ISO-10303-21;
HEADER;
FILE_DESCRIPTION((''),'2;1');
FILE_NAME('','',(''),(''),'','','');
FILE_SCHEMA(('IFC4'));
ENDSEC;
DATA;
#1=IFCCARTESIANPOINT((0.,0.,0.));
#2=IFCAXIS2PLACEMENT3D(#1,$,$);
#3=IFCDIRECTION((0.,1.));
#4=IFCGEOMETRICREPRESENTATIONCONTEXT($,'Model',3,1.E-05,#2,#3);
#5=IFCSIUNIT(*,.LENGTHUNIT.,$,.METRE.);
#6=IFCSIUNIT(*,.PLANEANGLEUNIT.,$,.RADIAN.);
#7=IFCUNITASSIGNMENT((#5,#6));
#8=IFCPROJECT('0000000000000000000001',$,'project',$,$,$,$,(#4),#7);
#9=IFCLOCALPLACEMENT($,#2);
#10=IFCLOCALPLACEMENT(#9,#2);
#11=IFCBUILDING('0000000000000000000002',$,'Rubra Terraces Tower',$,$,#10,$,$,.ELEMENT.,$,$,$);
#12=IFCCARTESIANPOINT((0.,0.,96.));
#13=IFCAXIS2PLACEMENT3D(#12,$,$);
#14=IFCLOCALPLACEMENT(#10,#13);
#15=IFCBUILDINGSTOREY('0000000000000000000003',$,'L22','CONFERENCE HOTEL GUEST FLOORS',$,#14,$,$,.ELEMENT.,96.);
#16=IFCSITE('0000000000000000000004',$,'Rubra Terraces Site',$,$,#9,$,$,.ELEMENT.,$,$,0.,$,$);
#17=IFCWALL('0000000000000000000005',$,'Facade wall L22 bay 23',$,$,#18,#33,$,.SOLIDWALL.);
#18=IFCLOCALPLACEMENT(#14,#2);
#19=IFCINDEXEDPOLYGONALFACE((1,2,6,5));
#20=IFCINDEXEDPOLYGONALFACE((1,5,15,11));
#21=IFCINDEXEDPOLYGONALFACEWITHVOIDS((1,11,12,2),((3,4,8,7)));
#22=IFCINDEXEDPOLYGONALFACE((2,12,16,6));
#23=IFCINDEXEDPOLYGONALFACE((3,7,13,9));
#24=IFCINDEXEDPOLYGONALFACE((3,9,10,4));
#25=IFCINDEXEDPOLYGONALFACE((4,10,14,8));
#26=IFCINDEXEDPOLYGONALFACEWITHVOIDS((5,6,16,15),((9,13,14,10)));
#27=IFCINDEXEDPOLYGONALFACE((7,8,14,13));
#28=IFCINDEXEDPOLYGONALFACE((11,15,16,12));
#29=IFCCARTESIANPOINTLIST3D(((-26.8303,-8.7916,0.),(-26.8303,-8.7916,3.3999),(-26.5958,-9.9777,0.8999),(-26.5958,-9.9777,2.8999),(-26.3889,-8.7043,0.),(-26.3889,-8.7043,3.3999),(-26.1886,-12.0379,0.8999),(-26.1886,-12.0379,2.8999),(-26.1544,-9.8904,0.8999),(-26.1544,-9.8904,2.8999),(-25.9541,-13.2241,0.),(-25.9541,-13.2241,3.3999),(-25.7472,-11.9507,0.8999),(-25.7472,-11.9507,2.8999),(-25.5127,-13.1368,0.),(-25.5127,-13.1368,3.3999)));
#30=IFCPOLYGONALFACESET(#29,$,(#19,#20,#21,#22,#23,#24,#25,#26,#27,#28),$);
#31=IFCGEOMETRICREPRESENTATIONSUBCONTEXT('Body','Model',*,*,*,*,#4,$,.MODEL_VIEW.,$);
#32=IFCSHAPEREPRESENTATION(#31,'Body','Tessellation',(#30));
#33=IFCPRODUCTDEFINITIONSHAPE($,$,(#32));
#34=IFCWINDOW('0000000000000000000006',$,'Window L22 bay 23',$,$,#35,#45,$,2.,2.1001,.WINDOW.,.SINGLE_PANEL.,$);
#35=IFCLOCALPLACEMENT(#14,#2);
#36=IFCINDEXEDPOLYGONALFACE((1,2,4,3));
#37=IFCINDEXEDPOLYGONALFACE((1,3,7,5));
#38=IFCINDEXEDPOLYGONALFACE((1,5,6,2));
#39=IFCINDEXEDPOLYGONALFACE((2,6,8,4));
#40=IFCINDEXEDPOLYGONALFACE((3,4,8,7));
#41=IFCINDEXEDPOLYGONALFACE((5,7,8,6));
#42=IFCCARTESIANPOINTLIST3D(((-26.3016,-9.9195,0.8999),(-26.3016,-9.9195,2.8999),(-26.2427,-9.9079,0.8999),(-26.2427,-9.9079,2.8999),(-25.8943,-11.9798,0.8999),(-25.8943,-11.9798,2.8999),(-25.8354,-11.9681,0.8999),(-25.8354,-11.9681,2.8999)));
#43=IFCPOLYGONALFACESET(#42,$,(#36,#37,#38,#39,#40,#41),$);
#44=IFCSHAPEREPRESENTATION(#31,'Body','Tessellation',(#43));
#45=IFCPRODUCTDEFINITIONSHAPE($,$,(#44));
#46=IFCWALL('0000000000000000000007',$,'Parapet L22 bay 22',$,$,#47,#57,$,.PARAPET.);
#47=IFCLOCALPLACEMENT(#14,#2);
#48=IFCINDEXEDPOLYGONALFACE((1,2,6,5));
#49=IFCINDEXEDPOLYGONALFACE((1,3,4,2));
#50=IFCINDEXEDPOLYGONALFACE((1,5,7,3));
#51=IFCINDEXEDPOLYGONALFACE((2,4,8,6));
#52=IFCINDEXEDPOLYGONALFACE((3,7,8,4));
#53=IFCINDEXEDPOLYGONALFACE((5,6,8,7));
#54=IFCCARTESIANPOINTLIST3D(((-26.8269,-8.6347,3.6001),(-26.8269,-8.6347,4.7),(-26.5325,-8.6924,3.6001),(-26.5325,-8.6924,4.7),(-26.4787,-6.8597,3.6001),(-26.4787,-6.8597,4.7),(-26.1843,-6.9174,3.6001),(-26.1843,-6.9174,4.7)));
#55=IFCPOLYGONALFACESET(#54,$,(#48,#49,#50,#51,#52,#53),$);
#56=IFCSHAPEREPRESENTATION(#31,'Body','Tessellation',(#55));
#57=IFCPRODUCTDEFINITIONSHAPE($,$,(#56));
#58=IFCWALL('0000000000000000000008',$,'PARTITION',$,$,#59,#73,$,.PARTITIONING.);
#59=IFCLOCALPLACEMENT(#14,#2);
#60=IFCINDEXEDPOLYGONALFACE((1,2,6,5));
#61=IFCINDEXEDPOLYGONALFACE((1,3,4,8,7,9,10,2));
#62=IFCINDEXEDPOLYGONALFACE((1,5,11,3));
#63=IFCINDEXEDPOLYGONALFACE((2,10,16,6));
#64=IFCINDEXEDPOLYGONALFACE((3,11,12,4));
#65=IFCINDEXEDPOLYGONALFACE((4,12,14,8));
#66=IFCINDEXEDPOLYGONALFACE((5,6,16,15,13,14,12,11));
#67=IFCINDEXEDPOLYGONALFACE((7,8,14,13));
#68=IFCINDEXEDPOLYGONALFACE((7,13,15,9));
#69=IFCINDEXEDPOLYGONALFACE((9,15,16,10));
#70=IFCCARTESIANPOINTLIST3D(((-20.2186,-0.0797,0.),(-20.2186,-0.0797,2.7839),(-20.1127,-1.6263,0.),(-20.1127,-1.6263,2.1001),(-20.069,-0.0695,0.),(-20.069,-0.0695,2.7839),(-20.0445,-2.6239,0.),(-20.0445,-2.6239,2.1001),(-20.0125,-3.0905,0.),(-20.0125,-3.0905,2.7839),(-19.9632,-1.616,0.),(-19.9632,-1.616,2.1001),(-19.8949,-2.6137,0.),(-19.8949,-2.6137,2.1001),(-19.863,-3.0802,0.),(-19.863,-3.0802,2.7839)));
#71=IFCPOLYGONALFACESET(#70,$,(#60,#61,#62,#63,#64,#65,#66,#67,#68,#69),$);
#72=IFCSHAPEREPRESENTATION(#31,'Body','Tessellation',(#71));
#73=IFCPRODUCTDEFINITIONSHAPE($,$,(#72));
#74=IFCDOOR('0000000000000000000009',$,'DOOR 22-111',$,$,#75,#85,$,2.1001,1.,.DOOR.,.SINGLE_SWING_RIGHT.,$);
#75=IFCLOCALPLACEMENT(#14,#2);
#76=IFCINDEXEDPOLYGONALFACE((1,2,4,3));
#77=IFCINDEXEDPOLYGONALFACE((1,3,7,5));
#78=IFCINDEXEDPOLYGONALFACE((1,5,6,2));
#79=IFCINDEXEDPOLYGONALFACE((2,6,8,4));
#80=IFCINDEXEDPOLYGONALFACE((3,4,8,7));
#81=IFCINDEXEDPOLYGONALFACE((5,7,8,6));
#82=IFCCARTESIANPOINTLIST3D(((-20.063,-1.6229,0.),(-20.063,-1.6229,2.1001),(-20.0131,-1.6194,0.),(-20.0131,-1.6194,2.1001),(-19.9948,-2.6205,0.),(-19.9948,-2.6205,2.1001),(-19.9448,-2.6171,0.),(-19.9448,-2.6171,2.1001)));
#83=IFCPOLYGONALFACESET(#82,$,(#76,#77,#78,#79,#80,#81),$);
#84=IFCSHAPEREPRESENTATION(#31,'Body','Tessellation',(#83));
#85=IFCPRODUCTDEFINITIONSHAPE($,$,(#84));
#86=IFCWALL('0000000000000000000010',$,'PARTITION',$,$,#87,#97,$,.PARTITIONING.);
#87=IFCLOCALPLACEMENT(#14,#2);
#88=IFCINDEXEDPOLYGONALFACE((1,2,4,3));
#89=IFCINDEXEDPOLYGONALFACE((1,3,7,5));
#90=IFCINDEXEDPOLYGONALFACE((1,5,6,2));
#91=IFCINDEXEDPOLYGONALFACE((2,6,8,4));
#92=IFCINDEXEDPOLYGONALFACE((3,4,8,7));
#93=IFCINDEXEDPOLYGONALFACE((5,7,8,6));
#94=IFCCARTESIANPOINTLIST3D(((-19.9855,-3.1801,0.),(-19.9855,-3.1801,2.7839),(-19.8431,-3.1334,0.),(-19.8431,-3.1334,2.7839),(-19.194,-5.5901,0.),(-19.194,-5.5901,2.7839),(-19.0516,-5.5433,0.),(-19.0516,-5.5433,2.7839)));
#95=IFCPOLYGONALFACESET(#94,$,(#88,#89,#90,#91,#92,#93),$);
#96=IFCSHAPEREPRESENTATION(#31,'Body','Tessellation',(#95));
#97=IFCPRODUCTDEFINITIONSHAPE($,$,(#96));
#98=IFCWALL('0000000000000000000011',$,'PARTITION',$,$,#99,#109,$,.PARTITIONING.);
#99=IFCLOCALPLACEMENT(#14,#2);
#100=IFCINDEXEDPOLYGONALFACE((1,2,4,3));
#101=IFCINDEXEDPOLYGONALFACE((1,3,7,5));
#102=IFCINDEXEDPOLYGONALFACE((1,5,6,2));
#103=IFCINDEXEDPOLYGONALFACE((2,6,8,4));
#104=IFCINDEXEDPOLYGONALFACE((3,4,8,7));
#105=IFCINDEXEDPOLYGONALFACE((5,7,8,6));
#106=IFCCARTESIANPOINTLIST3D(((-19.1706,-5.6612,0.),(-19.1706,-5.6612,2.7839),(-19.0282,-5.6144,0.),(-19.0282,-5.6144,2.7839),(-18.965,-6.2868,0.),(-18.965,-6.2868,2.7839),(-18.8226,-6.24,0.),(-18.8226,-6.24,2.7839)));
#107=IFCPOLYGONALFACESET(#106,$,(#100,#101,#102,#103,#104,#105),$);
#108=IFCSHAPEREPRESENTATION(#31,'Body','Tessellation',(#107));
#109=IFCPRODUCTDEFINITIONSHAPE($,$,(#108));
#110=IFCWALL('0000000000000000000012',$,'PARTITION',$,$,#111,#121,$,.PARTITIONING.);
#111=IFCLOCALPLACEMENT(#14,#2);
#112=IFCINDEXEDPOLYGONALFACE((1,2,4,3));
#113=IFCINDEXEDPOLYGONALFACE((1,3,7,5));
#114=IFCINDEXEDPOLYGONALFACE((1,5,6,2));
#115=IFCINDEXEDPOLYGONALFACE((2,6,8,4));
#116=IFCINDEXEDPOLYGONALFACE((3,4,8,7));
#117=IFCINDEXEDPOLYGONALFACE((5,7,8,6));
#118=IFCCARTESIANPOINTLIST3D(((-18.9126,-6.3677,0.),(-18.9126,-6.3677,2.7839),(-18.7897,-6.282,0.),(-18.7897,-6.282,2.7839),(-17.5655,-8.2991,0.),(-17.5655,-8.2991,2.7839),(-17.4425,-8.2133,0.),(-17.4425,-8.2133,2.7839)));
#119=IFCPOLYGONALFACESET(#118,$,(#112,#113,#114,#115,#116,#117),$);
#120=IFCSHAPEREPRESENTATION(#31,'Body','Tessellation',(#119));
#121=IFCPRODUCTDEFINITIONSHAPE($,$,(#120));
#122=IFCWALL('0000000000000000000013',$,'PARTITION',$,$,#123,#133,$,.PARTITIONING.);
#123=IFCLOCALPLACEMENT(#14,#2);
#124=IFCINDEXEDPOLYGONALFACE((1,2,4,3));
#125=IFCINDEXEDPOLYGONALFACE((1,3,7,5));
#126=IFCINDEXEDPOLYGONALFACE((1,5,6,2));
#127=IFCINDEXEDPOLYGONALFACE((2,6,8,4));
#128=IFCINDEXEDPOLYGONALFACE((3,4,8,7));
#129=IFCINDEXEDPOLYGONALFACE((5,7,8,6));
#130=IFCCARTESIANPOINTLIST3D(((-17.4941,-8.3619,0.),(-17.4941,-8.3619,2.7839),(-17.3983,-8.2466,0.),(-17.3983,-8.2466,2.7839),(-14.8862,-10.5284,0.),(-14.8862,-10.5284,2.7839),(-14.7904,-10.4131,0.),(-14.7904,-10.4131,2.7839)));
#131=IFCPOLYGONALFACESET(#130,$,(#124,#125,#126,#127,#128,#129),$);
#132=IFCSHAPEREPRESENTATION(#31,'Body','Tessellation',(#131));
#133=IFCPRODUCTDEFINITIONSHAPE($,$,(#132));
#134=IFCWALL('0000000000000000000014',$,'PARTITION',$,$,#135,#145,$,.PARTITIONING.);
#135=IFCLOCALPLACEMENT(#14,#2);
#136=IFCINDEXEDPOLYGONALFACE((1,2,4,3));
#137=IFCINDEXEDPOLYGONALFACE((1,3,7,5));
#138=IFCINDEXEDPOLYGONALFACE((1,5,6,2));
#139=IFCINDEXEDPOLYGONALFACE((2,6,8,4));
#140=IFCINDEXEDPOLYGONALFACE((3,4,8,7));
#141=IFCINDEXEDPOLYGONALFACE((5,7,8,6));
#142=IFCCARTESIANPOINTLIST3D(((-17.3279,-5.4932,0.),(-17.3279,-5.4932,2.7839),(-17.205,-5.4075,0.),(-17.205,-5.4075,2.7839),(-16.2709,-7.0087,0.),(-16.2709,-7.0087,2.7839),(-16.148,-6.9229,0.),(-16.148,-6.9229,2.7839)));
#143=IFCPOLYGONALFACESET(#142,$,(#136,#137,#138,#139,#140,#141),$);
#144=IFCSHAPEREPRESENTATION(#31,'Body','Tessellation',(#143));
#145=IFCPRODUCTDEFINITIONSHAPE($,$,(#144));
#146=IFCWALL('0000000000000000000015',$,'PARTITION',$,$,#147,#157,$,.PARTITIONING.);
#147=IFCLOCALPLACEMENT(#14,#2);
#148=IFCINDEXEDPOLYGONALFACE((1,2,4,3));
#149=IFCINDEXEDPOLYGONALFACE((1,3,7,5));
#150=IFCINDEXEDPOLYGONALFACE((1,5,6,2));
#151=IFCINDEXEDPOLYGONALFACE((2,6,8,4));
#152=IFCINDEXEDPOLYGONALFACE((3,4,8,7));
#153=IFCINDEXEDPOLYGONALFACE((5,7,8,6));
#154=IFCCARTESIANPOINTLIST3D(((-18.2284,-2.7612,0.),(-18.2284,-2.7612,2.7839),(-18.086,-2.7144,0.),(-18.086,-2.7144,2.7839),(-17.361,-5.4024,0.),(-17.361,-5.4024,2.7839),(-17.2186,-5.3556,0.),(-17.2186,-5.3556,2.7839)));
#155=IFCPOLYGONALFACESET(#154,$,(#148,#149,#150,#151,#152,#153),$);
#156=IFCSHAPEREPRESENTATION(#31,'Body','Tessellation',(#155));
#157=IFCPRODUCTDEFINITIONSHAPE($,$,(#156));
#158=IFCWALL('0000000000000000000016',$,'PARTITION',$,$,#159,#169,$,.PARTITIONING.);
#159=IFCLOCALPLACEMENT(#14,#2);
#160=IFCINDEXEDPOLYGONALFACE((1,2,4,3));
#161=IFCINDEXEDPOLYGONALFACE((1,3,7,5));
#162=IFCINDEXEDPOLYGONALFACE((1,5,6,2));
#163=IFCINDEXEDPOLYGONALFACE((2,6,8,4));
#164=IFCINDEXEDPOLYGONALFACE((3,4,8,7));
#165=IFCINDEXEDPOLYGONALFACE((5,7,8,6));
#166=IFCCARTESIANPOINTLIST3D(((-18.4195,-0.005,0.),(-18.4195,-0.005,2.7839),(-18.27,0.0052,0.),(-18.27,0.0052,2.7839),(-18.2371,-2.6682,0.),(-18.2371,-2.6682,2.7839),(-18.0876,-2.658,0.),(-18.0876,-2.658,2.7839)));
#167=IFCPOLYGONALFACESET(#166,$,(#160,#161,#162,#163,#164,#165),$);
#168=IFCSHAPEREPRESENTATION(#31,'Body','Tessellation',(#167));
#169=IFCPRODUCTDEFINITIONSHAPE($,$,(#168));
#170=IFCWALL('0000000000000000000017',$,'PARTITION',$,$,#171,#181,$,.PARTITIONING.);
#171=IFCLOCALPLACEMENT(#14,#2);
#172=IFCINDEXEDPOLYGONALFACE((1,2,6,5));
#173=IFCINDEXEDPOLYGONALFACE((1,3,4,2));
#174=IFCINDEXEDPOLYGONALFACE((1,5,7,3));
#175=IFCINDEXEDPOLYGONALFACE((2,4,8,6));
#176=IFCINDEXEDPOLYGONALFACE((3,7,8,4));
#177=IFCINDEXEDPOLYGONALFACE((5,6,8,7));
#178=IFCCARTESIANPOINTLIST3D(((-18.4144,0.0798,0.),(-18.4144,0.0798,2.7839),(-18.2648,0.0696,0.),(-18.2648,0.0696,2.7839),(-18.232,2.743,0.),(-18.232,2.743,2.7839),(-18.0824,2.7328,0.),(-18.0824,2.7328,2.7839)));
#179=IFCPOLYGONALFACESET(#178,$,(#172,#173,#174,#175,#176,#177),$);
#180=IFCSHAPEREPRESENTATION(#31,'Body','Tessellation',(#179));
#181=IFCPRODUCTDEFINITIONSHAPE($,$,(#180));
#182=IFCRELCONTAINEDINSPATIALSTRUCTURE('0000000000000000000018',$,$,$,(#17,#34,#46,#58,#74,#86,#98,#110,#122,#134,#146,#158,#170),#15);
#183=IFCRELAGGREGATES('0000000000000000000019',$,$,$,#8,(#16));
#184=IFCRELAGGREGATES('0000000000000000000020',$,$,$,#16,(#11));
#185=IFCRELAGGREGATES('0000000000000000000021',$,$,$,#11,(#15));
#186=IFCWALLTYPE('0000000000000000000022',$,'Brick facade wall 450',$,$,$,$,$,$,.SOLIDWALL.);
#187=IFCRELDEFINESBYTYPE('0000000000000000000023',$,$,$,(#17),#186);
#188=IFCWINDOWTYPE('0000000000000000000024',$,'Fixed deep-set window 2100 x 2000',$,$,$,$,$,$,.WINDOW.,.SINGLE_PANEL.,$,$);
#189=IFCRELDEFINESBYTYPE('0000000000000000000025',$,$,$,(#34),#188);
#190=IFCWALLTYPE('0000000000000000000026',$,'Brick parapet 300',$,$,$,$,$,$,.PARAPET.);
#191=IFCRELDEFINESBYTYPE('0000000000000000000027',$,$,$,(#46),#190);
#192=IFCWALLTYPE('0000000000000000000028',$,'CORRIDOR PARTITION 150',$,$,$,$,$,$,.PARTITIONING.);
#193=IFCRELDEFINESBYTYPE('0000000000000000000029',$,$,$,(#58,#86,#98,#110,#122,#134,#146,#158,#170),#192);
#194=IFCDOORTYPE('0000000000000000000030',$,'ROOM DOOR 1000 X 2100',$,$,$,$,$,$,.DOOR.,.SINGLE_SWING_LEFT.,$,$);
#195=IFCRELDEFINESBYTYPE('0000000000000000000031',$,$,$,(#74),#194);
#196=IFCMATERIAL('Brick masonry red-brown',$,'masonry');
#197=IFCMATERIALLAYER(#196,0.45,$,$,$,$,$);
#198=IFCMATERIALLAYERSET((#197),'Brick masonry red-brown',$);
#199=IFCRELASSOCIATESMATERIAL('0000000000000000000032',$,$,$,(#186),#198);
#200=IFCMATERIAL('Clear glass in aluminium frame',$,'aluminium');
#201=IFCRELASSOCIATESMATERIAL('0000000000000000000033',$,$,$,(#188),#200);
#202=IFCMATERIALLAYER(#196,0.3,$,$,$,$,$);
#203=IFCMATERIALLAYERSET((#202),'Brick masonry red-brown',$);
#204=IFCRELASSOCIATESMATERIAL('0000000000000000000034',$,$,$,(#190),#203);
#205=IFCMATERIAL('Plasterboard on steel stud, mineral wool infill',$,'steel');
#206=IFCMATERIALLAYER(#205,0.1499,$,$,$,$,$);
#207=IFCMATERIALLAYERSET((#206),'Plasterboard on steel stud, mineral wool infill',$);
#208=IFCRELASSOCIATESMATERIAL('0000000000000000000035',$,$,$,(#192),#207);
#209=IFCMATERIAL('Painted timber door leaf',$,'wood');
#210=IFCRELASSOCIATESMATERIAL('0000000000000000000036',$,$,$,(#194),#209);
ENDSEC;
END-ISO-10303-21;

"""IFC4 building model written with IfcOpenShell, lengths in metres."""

from ifc_helpers import new_model, si_unit, direction, frame, frame_2d, origin, place, context, subcontext, project, spatial, rectangle, extrude, material, layer, layer_set, type_object, element, fill, save


model = new_model("IFC4")

# Units and contexts
model_context = context("Model", 3, precision=1e-05, world=origin(), true_north=direction((0.0, 1.0)))
body_context = subcontext(model_context, "Body", "Model", "MODEL_VIEW")
ifc_project = project(units=[si_unit("LENGTHUNIT", "METRE"), si_unit("PLANEANGLEUNIT", "RADIAN")], contexts=[model_context])

# Site, building, storey
site_placement = place(None, origin())
site = spatial("IfcSite", under=ifc_project, at=site_placement, Name="Rubra Terraces Site", CompositionType="ELEMENT", RefElevation=0.0)
building_placement = place(site_placement, origin())
building = spatial("IfcBuilding", under=site, at=building_placement, Name="Rubra Terraces Tower", CompositionType="ELEMENT")
storey_placement = place(building_placement, frame((0.0, 0.0, 96.0)))
storey = spatial("IfcBuildingStorey", under=building, at=storey_placement, Name="L22", Description="CONFERENCE HOTEL GUEST FLOORS", CompositionType="ELEMENT", Elevation=96.0)

# Wall, opening, window
ifc_material_1 = material(Name="Brick masonry red-brown", Category="masonry")
ifc_layer_1 = layer(ifc_material_1, 0.45)
ifc_layer_set_1 = layer_set([ifc_layer_1], Name="Brick masonry red-brown")
wall_type_1 = type_object("IfcWallType", Name="Brick facade wall 450", PredefinedType="SOLIDWALL", material=ifc_layer_set_1)
ifc_material_2 = material(Name="Clear glass in aluminium frame", Category="aluminium")
window_type_1 = type_object("IfcWindowType", Name="Fixed deep-set window 2100 x 2000", PartitioningType="SINGLE_PANEL", PredefinedType="WINDOW", material=ifc_material_2)
wall_1_placement = place(storey_placement, frame((-26.6096, -8.7478, 0.0), z_axis=(0.0, 0.0, 1.0), x_axis=(0.193923, -0.981017, 0.0)))
wall_1 = element("IfcWall", 1, at=wall_1_placement, inside=storey, type_object=wall_type_1, Name="Facade wall L22 bay 23", PredefinedType="SOLIDWALL", context=body_context, shape_type="SweptSolid", body=[
    extrude(rectangle(XDim=4.5183, YDim=0.45, at=frame_2d((2.2593, 0.0))), origin(), (0.0, 0.0, 1.0), 3.3999),
])
opening_1_placement = place(wall_1_placement, frame((1.2092, 0.0, 0.8999)))
opening_1 = element("IfcOpeningElement", 2, at=opening_1_placement, cuts=wall_1, PredefinedType="OPENING", context=body_context, shape_type="SweptSolid", body=[
    extrude(rectangle(XDim=2.1001, YDim=2.0, at=frame_2d((1.05, 1.0))), frame((0.0, 0.2349, 0.0), z_axis=(0.0, -1.0, 0.0), x_axis=(1.0, 0.0, 0.0)), (0.0, 0.0, 1.0), 0.47),
])
window_1_placement = place(opening_1_placement, origin())
window_1 = element("IfcWindow", 3, at=window_1_placement, inside=storey, type_object=window_type_1, Name="Window L22 bay 23", OverallHeight=2.0, OverallWidth=2.1001, PartitioningType="SINGLE_PANEL", PredefinedType="WINDOW", context=body_context, shape_type="SweptSolid", body=[
    extrude(rectangle(XDim=2.1001, YDim=2.0, at=frame_2d((1.05, 1.0))), frame((0.0, 0.135, 0.0), z_axis=(0.0, -1.0, 0.0), x_axis=(1.0, 0.0, 0.0)), (0.0, 0.0, 1.0), 0.0601),
])
fill(opening_1, window_1)

# Wall
ifc_layer_2 = layer(ifc_material_1, 0.3)
ifc_layer_set_2 = layer_set([ifc_layer_2], Name="Brick masonry red-brown")
wall_type_2 = type_object("IfcWallType", Name="Brick parapet 300", PredefinedType="PARAPET", material=ifc_layer_set_2)
wall_2_placement = place(storey_placement, frame((-26.3315, -6.8887, 3.6001), z_axis=(0.0, 0.0, 1.0), x_axis=(-0.192481, -0.981301, 0.0)))
element("IfcWall", 4, at=wall_2_placement, inside=storey, type_object=wall_type_2, Name="Parapet L22 bay 22", PredefinedType="PARAPET", context=body_context, shape_type="SweptSolid", body=[
    extrude(rectangle(XDim=1.8088, YDim=0.3, at=frame_2d((0.9043, 0.0))), origin(), (0.0, 0.0, 1.0), 1.0999),
])

# Wall, opening, door
ifc_material_3 = material(Name="Plasterboard on steel stud, mineral wool infill", Category="steel")
ifc_layer_3 = layer(ifc_material_3, 0.1499)
ifc_layer_set_3 = layer_set([ifc_layer_3], Name="Plasterboard on steel stud, mineral wool infill")
wall_type_3 = type_object("IfcWallType", Name="CORRIDOR PARTITION 150", PredefinedType="PARTITIONING", material=ifc_layer_set_3)
wall_3_placement = place(storey_placement, frame((-20.1438, -0.0747, 0.0), z_axis=(0.0, 0.0, 1.0), x_axis=(0.06828, -0.997666, 0.0)))
wall_3 = element("IfcWall", 5, at=wall_3_placement, inside=storey, type_object=wall_type_3, Name="PARTITION", PredefinedType="PARTITIONING", context=body_context, shape_type="SweptSolid", body=[
    extrude(rectangle(XDim=3.0178, YDim=0.1499, at=frame_2d((1.5088, 0.0))), origin(), (0.0, 0.0, 1.0), 2.7839),
])
opening_2_placement = place(wall_3_placement, frame((1.55, 0.0, 0.0)))
opening_2 = element("IfcOpeningElement", 6, at=opening_2_placement, cuts=wall_3, PredefinedType="OPENING", context=body_context, shape_type="SweptSolid", body=[
    extrude(rectangle(XDim=1.0, YDim=2.1001, at=frame_2d((0.5, 1.05))), frame((0.0, 0.085, 0.0), z_axis=(0.0, -1.0, 0.0), x_axis=(1.0, 0.0, 0.0)), (0.0, 0.0, 1.0), 0.1699),
])
ifc_material_4 = material(Name="Painted timber door leaf", Category="wood")
door_type_1 = type_object("IfcDoorType", Name="ROOM DOOR 1000 X 2100", OperationType="SINGLE_SWING_LEFT", PredefinedType="DOOR", material=ifc_material_4)
door_1_placement = place(opening_2_placement, origin())
door_1 = element("IfcDoor", 7, at=door_1_placement, inside=storey, type_object=door_type_1, Name="DOOR 22-111", OperationType="SINGLE_SWING_RIGHT", OverallHeight=2.1001, OverallWidth=1.0, PredefinedType="DOOR", context=body_context, shape_type="SweptSolid", body=[
    extrude(rectangle(XDim=1.0, YDim=2.1001, at=frame_2d((0.5, 1.05))), frame((0.0, 0.0249, 0.0), z_axis=(0.0, -1.0, 0.0), x_axis=(1.0, 0.0, 0.0)), (0.0, 0.0, 1.0), 0.05),
])
fill(opening_2, door_1)

# Walls
wall_4_placement = place(storey_placement, frame((-19.9143, -3.1567, 0.0), z_axis=(0.0, 0.0, 1.0), x_axis=(0.312038, -0.95007, 0.0)))
element("IfcWall", 8, at=wall_4_placement, inside=storey, type_object=wall_type_3, Name="PARTITION", PredefinedType="PARTITIONING", context=body_context, shape_type="SweptSolid", body=[
    extrude(rectangle(XDim=2.5366, YDim=0.1499, at=frame_2d((1.2683, 0.0))), origin(), (0.0, 0.0, 1.0), 2.7839),
])
wall_5_placement = place(storey_placement, frame((-19.0994, -5.6379, 0.0), z_axis=(0.0, 0.0, 1.0), x_axis=(0.31222, -0.95001, 0.0)))
element("IfcWall", 9, at=wall_5_placement, inside=storey, type_object=wall_type_3, Name="PARTITION", PredefinedType="PARTITIONING", context=body_context, shape_type="SweptSolid", body=[
    extrude(rectangle(XDim=0.6584, YDim=0.1499, at=frame_2d((0.3291, 0.0))), origin(), (0.0, 0.0, 1.0), 2.7839),
])
wall_6_placement = place(storey_placement, frame((-18.8511, -6.325, 0.0), z_axis=(0.0, 0.0, 1.0), x_axis=(0.572091, -0.82019, 0.0)))
element("IfcWall", 10, at=wall_6_placement, inside=storey, type_object=wall_type_3, Name="PARTITION", PredefinedType="PARTITIONING", context=body_context, shape_type="SweptSolid", body=[
    extrude(rectangle(XDim=2.3547, YDim=0.1499, at=frame_2d((1.1772, 0.0))), origin(), (0.0, 0.0, 1.0), 2.7839),
])
wall_7_placement = place(storey_placement, frame((-17.4463, -8.3042, 0.0), z_axis=(0.0, 0.0, 1.0), x_axis=(0.7692, -0.639008, 0.0)))
element("IfcWall", 11, at=wall_7_placement, inside=storey, type_object=wall_type_3, Name="PARTITION", PredefinedType="PARTITIONING", context=body_context, shape_type="SweptSolid", body=[
    extrude(rectangle(XDim=3.3904, YDim=0.1499, at=frame_2d((1.6953, 0.0))), origin(), (0.0, 0.0, 1.0), 2.7839),
])
wall_8_placement = place(storey_placement, frame((-16.2095, -6.9658, 0.0), z_axis=(0.0, 0.0, 1.0), x_axis=(-0.572051, 0.820218, 0.0)))
element("IfcWall", 12, at=wall_8_placement, inside=storey, type_object=wall_type_3, Name="PARTITION", PredefinedType="PARTITIONING", context=body_context, shape_type="SweptSolid", body=[
    extrude(rectangle(XDim=1.8477, YDim=0.1499, at=frame_2d((0.9238, 0.0))), origin(), (0.0, 0.0, 1.0), 2.7839),
])
wall_9_placement = place(storey_placement, frame((-17.2898, -5.3792, 0.0), z_axis=(0.0, 0.0, 1.0), x_axis=(-0.312009, 0.950079, 0.0)))
element("IfcWall", 13, at=wall_9_placement, inside=storey, type_object=wall_type_3, Name="PARTITION", PredefinedType="PARTITIONING", context=body_context, shape_type="SweptSolid", body=[
    extrude(rectangle(XDim=2.78, YDim=0.1499, at=frame_2d((1.3901, 0.0))), origin(), (0.0, 0.0, 1.0), 2.7839),
])
for number, where, z_axis, x_axis, name in (
    (14, (-18.1624, -2.6631, 0.0), (0.0, 0.0, 1.0), (-0.068322, 0.997663, 0.0), "PARTITION"),
    (15, (-18.3396, 0.0747, 0.0), (0.0, 0.0, 1.0), (0.068322, 0.997663, 0.0), "PARTITION"),
):
    element("IfcWall", number, at=place(storey_placement, frame(where, z_axis=z_axis, x_axis=x_axis)), inside=storey, type_object=wall_type_3, Name=name, PredefinedType="PARTITIONING", context=body_context, shape_type="SweptSolid", body=[
        extrude(rectangle(XDim=2.6694, YDim=0.1499, at=frame_2d((1.3347, 0.0))), origin(), (0.0, 0.0, 1.0), 2.7839),
    ])

save(model, "model.ifc")
